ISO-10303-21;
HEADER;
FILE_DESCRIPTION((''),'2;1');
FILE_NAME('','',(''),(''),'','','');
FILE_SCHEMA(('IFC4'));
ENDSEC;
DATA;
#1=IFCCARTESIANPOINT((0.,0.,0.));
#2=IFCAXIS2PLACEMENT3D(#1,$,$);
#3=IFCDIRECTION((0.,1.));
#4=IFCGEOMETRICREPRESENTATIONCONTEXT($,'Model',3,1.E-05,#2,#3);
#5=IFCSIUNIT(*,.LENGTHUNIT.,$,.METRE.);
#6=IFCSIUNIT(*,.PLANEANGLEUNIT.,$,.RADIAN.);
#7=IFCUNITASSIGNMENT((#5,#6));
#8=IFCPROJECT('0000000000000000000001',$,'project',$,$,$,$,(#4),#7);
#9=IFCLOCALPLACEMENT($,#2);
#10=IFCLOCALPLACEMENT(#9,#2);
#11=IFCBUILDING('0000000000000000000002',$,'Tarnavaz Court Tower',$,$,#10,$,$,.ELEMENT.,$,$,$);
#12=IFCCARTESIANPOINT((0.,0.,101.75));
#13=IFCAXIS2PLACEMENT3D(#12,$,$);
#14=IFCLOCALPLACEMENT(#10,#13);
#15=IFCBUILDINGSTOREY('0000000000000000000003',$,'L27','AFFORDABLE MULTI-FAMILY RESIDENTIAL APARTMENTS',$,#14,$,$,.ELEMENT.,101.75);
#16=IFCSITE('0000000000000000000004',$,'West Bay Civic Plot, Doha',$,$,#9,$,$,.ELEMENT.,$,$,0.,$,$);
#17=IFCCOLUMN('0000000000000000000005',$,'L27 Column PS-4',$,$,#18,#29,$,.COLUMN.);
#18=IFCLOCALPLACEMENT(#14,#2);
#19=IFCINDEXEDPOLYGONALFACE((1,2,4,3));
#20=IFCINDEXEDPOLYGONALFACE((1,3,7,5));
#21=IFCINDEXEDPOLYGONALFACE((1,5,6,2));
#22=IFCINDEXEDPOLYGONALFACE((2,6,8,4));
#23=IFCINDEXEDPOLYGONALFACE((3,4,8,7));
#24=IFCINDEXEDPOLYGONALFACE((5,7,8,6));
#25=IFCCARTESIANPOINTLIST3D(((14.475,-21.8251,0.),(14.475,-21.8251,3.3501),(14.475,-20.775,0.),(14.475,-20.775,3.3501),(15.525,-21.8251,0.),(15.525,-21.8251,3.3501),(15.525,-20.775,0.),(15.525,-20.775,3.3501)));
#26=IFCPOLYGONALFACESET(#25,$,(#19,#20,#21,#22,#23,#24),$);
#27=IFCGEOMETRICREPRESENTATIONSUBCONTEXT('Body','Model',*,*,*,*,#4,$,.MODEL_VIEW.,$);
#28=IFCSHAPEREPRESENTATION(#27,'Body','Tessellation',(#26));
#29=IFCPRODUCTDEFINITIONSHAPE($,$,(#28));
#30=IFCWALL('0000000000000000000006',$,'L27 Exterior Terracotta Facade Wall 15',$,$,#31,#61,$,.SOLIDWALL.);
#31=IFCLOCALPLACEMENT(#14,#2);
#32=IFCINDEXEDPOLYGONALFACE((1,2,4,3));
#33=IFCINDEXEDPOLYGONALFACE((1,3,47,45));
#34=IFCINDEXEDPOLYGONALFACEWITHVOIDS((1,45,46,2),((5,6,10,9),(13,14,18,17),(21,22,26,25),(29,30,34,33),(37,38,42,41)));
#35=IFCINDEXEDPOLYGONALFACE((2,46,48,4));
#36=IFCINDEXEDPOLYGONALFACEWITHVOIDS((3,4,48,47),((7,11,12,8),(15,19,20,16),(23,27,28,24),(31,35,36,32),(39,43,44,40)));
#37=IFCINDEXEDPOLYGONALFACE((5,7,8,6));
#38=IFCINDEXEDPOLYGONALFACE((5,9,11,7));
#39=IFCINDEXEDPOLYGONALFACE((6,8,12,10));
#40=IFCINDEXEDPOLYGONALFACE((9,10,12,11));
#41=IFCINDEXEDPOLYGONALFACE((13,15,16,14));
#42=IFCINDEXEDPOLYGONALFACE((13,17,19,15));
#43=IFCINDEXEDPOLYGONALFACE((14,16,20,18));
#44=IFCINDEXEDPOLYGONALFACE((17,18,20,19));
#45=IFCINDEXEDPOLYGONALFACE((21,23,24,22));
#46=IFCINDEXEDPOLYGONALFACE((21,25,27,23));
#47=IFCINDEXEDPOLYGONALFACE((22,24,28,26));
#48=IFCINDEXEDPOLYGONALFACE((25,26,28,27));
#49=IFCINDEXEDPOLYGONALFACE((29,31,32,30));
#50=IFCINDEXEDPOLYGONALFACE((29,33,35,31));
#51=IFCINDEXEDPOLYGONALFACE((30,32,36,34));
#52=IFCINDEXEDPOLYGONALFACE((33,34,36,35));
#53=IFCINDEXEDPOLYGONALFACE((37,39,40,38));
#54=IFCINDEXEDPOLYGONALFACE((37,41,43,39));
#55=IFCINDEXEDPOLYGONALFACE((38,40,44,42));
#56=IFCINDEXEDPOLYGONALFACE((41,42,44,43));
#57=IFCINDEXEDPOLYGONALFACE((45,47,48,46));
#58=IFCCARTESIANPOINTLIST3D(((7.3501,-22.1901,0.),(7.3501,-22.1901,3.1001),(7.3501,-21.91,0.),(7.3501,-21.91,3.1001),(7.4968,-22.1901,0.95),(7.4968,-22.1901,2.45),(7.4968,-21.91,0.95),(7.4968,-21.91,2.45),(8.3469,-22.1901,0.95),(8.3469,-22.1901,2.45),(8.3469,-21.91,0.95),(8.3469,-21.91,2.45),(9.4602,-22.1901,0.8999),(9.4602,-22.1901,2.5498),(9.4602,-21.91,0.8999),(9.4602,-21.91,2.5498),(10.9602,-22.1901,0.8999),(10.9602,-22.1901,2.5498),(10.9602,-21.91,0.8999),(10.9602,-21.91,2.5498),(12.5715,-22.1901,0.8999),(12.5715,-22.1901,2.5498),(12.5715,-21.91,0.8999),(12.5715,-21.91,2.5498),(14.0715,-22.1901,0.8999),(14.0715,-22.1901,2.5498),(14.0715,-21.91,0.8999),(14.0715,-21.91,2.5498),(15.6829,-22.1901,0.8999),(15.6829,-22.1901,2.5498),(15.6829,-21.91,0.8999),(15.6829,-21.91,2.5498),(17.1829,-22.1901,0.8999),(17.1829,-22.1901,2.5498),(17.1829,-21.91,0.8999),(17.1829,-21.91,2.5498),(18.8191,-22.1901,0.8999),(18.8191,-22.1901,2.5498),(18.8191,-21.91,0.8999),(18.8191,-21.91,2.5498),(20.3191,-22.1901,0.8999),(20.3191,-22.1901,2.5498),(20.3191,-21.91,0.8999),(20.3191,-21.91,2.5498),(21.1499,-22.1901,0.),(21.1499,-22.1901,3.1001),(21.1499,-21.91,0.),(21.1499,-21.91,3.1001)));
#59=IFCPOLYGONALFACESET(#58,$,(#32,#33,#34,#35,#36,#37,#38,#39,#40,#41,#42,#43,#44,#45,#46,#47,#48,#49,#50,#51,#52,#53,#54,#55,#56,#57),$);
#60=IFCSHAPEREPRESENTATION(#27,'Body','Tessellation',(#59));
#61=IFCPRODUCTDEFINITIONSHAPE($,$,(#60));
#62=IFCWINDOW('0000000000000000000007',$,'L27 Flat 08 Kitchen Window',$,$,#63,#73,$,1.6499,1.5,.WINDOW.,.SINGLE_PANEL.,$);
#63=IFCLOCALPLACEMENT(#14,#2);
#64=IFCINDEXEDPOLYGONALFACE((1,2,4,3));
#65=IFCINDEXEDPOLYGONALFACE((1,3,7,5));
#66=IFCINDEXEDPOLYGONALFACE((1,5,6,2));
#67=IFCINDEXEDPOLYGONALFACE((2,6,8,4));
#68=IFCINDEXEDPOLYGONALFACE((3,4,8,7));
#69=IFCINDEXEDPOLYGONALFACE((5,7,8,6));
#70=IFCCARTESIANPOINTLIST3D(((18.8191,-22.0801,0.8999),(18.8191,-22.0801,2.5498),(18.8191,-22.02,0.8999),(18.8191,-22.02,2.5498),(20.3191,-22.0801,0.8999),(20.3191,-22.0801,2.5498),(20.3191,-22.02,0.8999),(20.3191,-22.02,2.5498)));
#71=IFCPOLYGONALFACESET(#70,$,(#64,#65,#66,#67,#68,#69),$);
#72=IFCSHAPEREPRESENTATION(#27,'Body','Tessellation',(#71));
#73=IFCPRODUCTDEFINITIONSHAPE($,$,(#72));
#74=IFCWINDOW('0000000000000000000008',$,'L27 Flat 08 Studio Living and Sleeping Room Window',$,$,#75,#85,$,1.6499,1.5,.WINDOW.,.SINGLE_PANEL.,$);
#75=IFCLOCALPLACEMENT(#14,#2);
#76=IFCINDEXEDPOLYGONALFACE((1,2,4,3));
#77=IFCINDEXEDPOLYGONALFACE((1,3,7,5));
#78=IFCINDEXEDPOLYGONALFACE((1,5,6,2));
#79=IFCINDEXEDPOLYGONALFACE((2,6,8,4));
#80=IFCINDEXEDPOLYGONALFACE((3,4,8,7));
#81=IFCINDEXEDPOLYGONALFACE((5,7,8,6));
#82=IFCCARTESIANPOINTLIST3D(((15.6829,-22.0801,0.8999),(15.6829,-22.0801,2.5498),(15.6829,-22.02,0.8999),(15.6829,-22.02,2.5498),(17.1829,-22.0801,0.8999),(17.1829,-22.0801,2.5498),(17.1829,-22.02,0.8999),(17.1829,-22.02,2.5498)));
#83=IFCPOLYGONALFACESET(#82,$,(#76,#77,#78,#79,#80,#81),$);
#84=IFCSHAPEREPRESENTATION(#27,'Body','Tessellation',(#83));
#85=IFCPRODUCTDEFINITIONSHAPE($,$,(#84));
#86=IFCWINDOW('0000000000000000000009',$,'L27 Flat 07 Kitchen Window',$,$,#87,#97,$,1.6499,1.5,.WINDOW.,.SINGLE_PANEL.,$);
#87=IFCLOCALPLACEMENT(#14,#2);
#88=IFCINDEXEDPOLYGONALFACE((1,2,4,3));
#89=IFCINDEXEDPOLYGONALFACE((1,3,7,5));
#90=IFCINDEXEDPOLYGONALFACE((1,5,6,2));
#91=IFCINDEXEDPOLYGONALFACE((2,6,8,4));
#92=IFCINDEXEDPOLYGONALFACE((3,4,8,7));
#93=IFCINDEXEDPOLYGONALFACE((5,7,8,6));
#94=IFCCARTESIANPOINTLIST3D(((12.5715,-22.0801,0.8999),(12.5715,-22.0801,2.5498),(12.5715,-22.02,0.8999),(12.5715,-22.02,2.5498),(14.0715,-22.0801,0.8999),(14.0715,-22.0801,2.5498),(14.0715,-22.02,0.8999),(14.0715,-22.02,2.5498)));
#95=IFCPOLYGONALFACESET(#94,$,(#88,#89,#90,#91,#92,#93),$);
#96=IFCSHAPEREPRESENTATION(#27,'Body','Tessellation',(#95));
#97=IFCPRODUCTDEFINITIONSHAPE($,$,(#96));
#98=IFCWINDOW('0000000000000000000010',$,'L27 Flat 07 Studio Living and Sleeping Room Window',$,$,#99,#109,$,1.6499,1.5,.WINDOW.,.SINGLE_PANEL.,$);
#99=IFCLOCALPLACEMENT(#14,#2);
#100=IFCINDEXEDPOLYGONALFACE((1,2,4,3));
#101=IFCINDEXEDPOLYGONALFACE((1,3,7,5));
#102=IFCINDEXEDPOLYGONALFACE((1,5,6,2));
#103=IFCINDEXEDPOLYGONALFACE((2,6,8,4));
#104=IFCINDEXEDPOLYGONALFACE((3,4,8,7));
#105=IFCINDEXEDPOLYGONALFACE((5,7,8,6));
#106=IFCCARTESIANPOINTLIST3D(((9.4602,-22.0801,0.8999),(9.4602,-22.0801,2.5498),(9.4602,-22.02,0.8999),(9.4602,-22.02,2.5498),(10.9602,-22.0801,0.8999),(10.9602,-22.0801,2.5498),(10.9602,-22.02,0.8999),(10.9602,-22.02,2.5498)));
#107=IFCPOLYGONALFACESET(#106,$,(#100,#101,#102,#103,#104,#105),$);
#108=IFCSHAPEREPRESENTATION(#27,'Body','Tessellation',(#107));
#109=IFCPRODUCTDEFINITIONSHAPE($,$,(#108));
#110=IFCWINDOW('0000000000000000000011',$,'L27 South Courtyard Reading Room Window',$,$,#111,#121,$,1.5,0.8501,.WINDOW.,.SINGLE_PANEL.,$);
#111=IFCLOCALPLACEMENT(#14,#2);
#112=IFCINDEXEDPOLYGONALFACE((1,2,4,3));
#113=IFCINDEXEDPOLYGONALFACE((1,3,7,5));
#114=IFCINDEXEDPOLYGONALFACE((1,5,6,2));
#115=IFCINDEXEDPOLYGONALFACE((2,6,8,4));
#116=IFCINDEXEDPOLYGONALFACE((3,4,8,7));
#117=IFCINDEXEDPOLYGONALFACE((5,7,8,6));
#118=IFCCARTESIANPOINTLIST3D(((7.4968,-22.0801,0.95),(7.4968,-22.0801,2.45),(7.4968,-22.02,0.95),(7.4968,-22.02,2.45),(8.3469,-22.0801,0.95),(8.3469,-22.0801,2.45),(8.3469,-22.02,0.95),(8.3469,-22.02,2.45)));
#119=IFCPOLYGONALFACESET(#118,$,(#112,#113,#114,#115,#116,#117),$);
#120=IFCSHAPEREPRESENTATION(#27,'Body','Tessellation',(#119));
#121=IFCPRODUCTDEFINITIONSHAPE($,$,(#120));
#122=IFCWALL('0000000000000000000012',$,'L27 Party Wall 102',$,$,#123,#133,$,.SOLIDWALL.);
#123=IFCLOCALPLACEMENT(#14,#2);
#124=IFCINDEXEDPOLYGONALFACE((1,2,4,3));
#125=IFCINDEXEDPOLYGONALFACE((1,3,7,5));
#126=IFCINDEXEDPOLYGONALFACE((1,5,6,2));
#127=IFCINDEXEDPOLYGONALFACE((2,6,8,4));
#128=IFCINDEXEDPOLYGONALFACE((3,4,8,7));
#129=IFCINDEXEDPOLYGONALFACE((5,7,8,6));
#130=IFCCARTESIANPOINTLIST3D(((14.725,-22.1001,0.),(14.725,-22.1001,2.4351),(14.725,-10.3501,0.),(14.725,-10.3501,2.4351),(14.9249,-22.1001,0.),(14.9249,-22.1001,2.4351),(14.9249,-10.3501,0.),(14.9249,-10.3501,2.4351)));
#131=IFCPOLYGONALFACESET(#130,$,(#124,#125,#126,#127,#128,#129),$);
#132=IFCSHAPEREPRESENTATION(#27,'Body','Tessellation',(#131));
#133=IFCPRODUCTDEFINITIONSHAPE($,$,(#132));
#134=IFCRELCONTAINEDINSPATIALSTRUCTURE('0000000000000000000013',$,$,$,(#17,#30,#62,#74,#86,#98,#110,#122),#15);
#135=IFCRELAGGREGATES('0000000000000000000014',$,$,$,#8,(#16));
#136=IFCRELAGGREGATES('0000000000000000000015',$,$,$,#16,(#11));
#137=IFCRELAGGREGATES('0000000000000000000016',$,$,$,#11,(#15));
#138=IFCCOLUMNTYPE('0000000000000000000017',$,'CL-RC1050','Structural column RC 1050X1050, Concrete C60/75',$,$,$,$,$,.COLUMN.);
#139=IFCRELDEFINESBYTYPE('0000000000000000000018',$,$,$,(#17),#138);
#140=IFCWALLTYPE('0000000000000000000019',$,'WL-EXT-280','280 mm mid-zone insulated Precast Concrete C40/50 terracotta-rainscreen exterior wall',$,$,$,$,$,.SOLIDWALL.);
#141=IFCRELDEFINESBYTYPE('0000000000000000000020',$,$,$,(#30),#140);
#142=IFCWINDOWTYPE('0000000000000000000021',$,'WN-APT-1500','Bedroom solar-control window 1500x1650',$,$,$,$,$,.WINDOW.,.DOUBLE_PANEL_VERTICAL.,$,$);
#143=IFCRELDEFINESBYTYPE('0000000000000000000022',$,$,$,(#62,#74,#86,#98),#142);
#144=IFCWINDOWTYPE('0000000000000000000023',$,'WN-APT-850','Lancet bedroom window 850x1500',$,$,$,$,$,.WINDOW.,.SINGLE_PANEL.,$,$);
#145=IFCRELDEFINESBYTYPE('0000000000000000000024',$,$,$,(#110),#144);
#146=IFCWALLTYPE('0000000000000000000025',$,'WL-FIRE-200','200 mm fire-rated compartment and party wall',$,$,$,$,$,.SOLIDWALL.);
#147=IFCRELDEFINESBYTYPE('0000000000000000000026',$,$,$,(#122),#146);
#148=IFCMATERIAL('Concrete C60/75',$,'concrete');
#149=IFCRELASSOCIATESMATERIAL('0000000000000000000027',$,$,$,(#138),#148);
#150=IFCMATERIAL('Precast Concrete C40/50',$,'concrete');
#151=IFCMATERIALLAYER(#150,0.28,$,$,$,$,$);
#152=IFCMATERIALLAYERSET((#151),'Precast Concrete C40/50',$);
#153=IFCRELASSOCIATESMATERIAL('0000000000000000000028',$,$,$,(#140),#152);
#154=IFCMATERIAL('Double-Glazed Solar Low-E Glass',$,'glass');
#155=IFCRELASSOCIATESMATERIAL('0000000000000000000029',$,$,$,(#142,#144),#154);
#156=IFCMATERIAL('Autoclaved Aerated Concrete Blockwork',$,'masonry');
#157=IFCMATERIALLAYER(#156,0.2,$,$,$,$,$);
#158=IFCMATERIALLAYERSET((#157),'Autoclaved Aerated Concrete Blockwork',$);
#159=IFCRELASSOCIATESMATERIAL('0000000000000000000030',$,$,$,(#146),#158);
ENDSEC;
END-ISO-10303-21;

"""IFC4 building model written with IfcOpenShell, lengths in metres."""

from ifc_helpers import new_model, si_unit, direction, frame, frame_2d, origin, origin_2d, place, context, subcontext, project, spatial, rectangle, extrude, material, layer, layer_set, material_profile, profile_set, type_object, element, fill, save


model = new_model("IFC4")

# Units and contexts
model_context = context("Model", 3, precision=1e-05, world=origin(), true_north=direction((0.0, 1.0)))
body_context = subcontext(model_context, "Body", "Model", "MODEL_VIEW")
ifc_project = project(units=[si_unit("LENGTHUNIT", "METRE"), si_unit("PLANEANGLEUNIT", "RADIAN")], contexts=[model_context])

# Site, building, storey
site_placement = place(None, origin())
site = spatial("IfcSite", under=ifc_project, at=site_placement, Name="West Bay Civic Plot, Doha", CompositionType="ELEMENT", RefElevation=0.0)
building_placement = place(site_placement, origin())
building = spatial("IfcBuilding", under=site, at=building_placement, Name="Tarnavaz Court Tower", CompositionType="ELEMENT")
storey_placement = place(building_placement, frame((0.0, 0.0, 101.75)))
storey = spatial("IfcBuildingStorey", under=building, at=storey_placement, Name="L27", Description="AFFORDABLE MULTI-FAMILY RESIDENTIAL APARTMENTS", CompositionType="ELEMENT", Elevation=101.75)

# Column
ifc_material_1 = material(Name="Concrete C60/75", Category="concrete")
ifc_material_profile_1 = material_profile(ifc_material_1, rectangle(XDim=1.05, YDim=1.05, at=origin_2d()), Name="RC 1050X1050")
ifc_profile_set_1 = profile_set([ifc_material_profile_1], Name="Concrete C60/75")
column_type = type_object("IfcColumnType", Name="CL-RC1050", Description="Structural column RC 1050X1050, Concrete C60/75", PredefinedType="COLUMN", material=ifc_profile_set_1)
column_placement = place(storey_placement, frame((15.0, -21.3, 0.0), z_axis=(0.0, 0.0, 1.0), x_axis=(1.0, 0.0, 0.0)))
element("IfcColumn", 1, at=column_placement, inside=storey, type_object=column_type, Name="L27 Column PS-4", PredefinedType="COLUMN", context=body_context, shape_type="SweptSolid", body=[
    extrude(rectangle(XDim=1.05, YDim=1.05, at=origin_2d()), origin(), (0.0, 0.0, 1.0), 3.3501),
])

# Wall, openings, windows
ifc_material_2 = material(Name="Precast Concrete C40/50", Category="concrete")
ifc_layer_1 = layer(ifc_material_2, 0.28)
ifc_layer_set_1 = layer_set([ifc_layer_1], Name="Precast Concrete C40/50")
wall_type_1 = type_object("IfcWallType", Name="WL-EXT-280", Description="280 mm mid-zone insulated Precast Concrete C40/50 terracotta-rainscreen exterior wall", PredefinedType="SOLIDWALL", material=ifc_layer_set_1)
wall_1_placement = place(storey_placement, frame((21.1499, -22.05, 0.0), z_axis=(0.0, 0.0, 1.0), x_axis=(-1.0, 0.0, 0.0)))
wall_1 = element("IfcWall", 2, at=wall_1_placement, inside=storey, type_object=wall_type_1, Name="L27 Exterior Terracotta Facade Wall 15", PredefinedType="SOLIDWALL", context=body_context, shape_type="SweptSolid", body=[
    extrude(rectangle(XDim=13.7998, YDim=0.28, at=frame_2d((6.8999, 0.0))), origin(), (0.0, 0.0, 1.0), 3.1001),
])
opening_1_placement = place(wall_1_placement, frame((0.8308, 0.0, 0.8999)))
opening_1 = element("IfcOpeningElement", 3, at=opening_1_placement, cuts=wall_1, PredefinedType="OPENING", context=body_context, shape_type="SweptSolid", body=[
    extrude(rectangle(XDim=1.5, YDim=1.6499, at=frame_2d((0.75, 0.825))), frame((0.0, 0.1499, 0.0), z_axis=(0.0, -1.0, 0.0), x_axis=(1.0, 0.0, 0.0)), (0.0, 0.0, 1.0), 0.3),
])
opening_2_placement = place(wall_1_placement, frame((3.967, 0.0, 0.8999)))
opening_2 = element("IfcOpeningElement", 4, at=opening_2_placement, cuts=wall_1, PredefinedType="OPENING", context=body_context, shape_type="SweptSolid", body=[
    extrude(rectangle(XDim=1.5, YDim=1.6499, at=frame_2d((0.75, 0.825))), frame((0.0, 0.1499, 0.0), z_axis=(0.0, -1.0, 0.0), x_axis=(1.0, 0.0, 0.0)), (0.0, 0.0, 1.0), 0.3),
])
opening_3_placement = place(wall_1_placement, frame((7.0784, 0.0, 0.8999)))
opening_3 = element("IfcOpeningElement", 5, at=opening_3_placement, cuts=wall_1, PredefinedType="OPENING", context=body_context, shape_type="SweptSolid", body=[
    extrude(rectangle(XDim=1.5, YDim=1.6499, at=frame_2d((0.75, 0.825))), frame((0.0, 0.1499, 0.0), z_axis=(0.0, -1.0, 0.0), x_axis=(1.0, 0.0, 0.0)), (0.0, 0.0, 1.0), 0.3),
])
opening_4_placement = place(wall_1_placement, frame((10.1897, 0.0, 0.8999)))
opening_4 = element("IfcOpeningElement", 6, at=opening_4_placement, cuts=wall_1, PredefinedType="OPENING", context=body_context, shape_type="SweptSolid", body=[
    extrude(rectangle(XDim=1.5, YDim=1.6499, at=frame_2d((0.75, 0.825))), frame((0.0, 0.1499, 0.0), z_axis=(0.0, -1.0, 0.0), x_axis=(1.0, 0.0, 0.0)), (0.0, 0.0, 1.0), 0.3),
])
opening_5_placement = place(wall_1_placement, frame((12.803, 0.0, 0.95)))
opening_5 = element("IfcOpeningElement", 7, at=opening_5_placement, cuts=wall_1, PredefinedType="OPENING", context=body_context, shape_type="SweptSolid", body=[
    extrude(rectangle(XDim=0.8501, YDim=1.5, at=frame_2d((0.425, 0.75))), frame((0.0, 0.1499, 0.0), z_axis=(0.0, -1.0, 0.0), x_axis=(1.0, 0.0, 0.0)), (0.0, 0.0, 1.0), 0.3),
])
ifc_material_3 = material(Name="Double-Glazed Solar Low-E Glass", Category="glass")
window_type_1 = type_object("IfcWindowType", Name="WN-APT-1500", Description="Bedroom solar-control window 1500x1650", PartitioningType="DOUBLE_PANEL_VERTICAL", PredefinedType="WINDOW", material=ifc_material_3)
window_1_placement = place(opening_1_placement, origin())
window_1 = element("IfcWindow", 8, at=window_1_placement, inside=storey, type_object=window_type_1, Name="L27 Flat 08 Kitchen Window", OverallHeight=1.6499, OverallWidth=1.5, PartitioningType="SINGLE_PANEL", PredefinedType="WINDOW", context=body_context, shape_type="SweptSolid", body=[
    extrude(rectangle(XDim=1.5, YDim=1.6499, at=frame_2d((0.75, 0.825))), frame((0.0, 0.03, 0.0), z_axis=(0.0, -1.0, 0.0), x_axis=(1.0, 0.0, 0.0)), (0.0, 0.0, 1.0), 0.0601),
])
fill(opening_1, window_1)
window_2_placement = place(opening_2_placement, origin())
window_2 = element("IfcWindow", 9, at=window_2_placement, inside=storey, type_object=window_type_1, Name="L27 Flat 08 Studio Living and Sleeping Room Window", OverallHeight=1.6499, OverallWidth=1.5, PartitioningType="SINGLE_PANEL", PredefinedType="WINDOW", context=body_context, shape_type="SweptSolid", body=[
    extrude(rectangle(XDim=1.5, YDim=1.6499, at=frame_2d((0.75, 0.825))), frame((0.0, 0.03, 0.0), z_axis=(0.0, -1.0, 0.0), x_axis=(1.0, 0.0, 0.0)), (0.0, 0.0, 1.0), 0.0601),
])
fill(opening_2, window_2)
window_3_placement = place(opening_3_placement, origin())
window_3 = element("IfcWindow", 10, at=window_3_placement, inside=storey, type_object=window_type_1, Name="L27 Flat 07 Kitchen Window", OverallHeight=1.6499, OverallWidth=1.5, PartitioningType="SINGLE_PANEL", PredefinedType="WINDOW", context=body_context, shape_type="SweptSolid", body=[
    extrude(rectangle(XDim=1.5, YDim=1.6499, at=frame_2d((0.75, 0.825))), frame((0.0, 0.03, 0.0), z_axis=(0.0, -1.0, 0.0), x_axis=(1.0, 0.0, 0.0)), (0.0, 0.0, 1.0), 0.0601),
])
fill(opening_3, window_3)
window_4_placement = place(opening_4_placement, origin())
window_4 = element("IfcWindow", 11, at=window_4_placement, inside=storey, type_object=window_type_1, Name="L27 Flat 07 Studio Living and Sleeping Room Window", OverallHeight=1.6499, OverallWidth=1.5, PartitioningType="SINGLE_PANEL", PredefinedType="WINDOW", context=body_context, shape_type="SweptSolid", body=[
    extrude(rectangle(XDim=1.5, YDim=1.6499, at=frame_2d((0.75, 0.825))), frame((0.0, 0.03, 0.0), z_axis=(0.0, -1.0, 0.0), x_axis=(1.0, 0.0, 0.0)), (0.0, 0.0, 1.0), 0.0601),
])
fill(opening_4, window_4)
window_type_2 = type_object("IfcWindowType", Name="WN-APT-850", Description="Lancet bedroom window 850x1500", PartitioningType="SINGLE_PANEL", PredefinedType="WINDOW", material=ifc_material_3)
window_5_placement = place(opening_5_placement, origin())
window_5 = element("IfcWindow", 12, at=window_5_placement, inside=storey, type_object=window_type_2, Name="L27 South Courtyard Reading Room Window", OverallHeight=1.5, OverallWidth=0.8501, PartitioningType="SINGLE_PANEL", PredefinedType="WINDOW", context=body_context, shape_type="SweptSolid", body=[
    extrude(rectangle(XDim=0.8501, YDim=1.5, at=frame_2d((0.425, 0.75))), frame((0.0, 0.03, 0.0), z_axis=(0.0, -1.0, 0.0), x_axis=(1.0, 0.0, 0.0)), (0.0, 0.0, 1.0), 0.0601),
])
fill(opening_5, window_5)

# Wall
ifc_material_4 = material(Name="Autoclaved Aerated Concrete Blockwork", Category="masonry")
ifc_layer_2 = layer(ifc_material_4, 0.2)
ifc_layer_set_2 = layer_set([ifc_layer_2], Name="Autoclaved Aerated Concrete Blockwork")
wall_type_2 = type_object("IfcWallType", Name="WL-FIRE-200", Description="200 mm fire-rated compartment and party wall", PredefinedType="SOLIDWALL", material=ifc_layer_set_2)
wall_2_placement = place(storey_placement, frame((14.825, -22.1001, 0.0), z_axis=(0.0, 0.0, 1.0), x_axis=(0.0, 1.0, 0.0)))
element("IfcWall", 13, at=wall_2_placement, inside=storey, type_object=wall_type_2, Name="L27 Party Wall 102", PredefinedType="SOLIDWALL", context=body_context, shape_type="SweptSolid", body=[
    extrude(rectangle(XDim=11.75, YDim=0.2, at=frame_2d((5.875, 0.0))), origin(), (0.0, 0.0, 1.0), 2.4351),
])

save(model, "model.ifc")
